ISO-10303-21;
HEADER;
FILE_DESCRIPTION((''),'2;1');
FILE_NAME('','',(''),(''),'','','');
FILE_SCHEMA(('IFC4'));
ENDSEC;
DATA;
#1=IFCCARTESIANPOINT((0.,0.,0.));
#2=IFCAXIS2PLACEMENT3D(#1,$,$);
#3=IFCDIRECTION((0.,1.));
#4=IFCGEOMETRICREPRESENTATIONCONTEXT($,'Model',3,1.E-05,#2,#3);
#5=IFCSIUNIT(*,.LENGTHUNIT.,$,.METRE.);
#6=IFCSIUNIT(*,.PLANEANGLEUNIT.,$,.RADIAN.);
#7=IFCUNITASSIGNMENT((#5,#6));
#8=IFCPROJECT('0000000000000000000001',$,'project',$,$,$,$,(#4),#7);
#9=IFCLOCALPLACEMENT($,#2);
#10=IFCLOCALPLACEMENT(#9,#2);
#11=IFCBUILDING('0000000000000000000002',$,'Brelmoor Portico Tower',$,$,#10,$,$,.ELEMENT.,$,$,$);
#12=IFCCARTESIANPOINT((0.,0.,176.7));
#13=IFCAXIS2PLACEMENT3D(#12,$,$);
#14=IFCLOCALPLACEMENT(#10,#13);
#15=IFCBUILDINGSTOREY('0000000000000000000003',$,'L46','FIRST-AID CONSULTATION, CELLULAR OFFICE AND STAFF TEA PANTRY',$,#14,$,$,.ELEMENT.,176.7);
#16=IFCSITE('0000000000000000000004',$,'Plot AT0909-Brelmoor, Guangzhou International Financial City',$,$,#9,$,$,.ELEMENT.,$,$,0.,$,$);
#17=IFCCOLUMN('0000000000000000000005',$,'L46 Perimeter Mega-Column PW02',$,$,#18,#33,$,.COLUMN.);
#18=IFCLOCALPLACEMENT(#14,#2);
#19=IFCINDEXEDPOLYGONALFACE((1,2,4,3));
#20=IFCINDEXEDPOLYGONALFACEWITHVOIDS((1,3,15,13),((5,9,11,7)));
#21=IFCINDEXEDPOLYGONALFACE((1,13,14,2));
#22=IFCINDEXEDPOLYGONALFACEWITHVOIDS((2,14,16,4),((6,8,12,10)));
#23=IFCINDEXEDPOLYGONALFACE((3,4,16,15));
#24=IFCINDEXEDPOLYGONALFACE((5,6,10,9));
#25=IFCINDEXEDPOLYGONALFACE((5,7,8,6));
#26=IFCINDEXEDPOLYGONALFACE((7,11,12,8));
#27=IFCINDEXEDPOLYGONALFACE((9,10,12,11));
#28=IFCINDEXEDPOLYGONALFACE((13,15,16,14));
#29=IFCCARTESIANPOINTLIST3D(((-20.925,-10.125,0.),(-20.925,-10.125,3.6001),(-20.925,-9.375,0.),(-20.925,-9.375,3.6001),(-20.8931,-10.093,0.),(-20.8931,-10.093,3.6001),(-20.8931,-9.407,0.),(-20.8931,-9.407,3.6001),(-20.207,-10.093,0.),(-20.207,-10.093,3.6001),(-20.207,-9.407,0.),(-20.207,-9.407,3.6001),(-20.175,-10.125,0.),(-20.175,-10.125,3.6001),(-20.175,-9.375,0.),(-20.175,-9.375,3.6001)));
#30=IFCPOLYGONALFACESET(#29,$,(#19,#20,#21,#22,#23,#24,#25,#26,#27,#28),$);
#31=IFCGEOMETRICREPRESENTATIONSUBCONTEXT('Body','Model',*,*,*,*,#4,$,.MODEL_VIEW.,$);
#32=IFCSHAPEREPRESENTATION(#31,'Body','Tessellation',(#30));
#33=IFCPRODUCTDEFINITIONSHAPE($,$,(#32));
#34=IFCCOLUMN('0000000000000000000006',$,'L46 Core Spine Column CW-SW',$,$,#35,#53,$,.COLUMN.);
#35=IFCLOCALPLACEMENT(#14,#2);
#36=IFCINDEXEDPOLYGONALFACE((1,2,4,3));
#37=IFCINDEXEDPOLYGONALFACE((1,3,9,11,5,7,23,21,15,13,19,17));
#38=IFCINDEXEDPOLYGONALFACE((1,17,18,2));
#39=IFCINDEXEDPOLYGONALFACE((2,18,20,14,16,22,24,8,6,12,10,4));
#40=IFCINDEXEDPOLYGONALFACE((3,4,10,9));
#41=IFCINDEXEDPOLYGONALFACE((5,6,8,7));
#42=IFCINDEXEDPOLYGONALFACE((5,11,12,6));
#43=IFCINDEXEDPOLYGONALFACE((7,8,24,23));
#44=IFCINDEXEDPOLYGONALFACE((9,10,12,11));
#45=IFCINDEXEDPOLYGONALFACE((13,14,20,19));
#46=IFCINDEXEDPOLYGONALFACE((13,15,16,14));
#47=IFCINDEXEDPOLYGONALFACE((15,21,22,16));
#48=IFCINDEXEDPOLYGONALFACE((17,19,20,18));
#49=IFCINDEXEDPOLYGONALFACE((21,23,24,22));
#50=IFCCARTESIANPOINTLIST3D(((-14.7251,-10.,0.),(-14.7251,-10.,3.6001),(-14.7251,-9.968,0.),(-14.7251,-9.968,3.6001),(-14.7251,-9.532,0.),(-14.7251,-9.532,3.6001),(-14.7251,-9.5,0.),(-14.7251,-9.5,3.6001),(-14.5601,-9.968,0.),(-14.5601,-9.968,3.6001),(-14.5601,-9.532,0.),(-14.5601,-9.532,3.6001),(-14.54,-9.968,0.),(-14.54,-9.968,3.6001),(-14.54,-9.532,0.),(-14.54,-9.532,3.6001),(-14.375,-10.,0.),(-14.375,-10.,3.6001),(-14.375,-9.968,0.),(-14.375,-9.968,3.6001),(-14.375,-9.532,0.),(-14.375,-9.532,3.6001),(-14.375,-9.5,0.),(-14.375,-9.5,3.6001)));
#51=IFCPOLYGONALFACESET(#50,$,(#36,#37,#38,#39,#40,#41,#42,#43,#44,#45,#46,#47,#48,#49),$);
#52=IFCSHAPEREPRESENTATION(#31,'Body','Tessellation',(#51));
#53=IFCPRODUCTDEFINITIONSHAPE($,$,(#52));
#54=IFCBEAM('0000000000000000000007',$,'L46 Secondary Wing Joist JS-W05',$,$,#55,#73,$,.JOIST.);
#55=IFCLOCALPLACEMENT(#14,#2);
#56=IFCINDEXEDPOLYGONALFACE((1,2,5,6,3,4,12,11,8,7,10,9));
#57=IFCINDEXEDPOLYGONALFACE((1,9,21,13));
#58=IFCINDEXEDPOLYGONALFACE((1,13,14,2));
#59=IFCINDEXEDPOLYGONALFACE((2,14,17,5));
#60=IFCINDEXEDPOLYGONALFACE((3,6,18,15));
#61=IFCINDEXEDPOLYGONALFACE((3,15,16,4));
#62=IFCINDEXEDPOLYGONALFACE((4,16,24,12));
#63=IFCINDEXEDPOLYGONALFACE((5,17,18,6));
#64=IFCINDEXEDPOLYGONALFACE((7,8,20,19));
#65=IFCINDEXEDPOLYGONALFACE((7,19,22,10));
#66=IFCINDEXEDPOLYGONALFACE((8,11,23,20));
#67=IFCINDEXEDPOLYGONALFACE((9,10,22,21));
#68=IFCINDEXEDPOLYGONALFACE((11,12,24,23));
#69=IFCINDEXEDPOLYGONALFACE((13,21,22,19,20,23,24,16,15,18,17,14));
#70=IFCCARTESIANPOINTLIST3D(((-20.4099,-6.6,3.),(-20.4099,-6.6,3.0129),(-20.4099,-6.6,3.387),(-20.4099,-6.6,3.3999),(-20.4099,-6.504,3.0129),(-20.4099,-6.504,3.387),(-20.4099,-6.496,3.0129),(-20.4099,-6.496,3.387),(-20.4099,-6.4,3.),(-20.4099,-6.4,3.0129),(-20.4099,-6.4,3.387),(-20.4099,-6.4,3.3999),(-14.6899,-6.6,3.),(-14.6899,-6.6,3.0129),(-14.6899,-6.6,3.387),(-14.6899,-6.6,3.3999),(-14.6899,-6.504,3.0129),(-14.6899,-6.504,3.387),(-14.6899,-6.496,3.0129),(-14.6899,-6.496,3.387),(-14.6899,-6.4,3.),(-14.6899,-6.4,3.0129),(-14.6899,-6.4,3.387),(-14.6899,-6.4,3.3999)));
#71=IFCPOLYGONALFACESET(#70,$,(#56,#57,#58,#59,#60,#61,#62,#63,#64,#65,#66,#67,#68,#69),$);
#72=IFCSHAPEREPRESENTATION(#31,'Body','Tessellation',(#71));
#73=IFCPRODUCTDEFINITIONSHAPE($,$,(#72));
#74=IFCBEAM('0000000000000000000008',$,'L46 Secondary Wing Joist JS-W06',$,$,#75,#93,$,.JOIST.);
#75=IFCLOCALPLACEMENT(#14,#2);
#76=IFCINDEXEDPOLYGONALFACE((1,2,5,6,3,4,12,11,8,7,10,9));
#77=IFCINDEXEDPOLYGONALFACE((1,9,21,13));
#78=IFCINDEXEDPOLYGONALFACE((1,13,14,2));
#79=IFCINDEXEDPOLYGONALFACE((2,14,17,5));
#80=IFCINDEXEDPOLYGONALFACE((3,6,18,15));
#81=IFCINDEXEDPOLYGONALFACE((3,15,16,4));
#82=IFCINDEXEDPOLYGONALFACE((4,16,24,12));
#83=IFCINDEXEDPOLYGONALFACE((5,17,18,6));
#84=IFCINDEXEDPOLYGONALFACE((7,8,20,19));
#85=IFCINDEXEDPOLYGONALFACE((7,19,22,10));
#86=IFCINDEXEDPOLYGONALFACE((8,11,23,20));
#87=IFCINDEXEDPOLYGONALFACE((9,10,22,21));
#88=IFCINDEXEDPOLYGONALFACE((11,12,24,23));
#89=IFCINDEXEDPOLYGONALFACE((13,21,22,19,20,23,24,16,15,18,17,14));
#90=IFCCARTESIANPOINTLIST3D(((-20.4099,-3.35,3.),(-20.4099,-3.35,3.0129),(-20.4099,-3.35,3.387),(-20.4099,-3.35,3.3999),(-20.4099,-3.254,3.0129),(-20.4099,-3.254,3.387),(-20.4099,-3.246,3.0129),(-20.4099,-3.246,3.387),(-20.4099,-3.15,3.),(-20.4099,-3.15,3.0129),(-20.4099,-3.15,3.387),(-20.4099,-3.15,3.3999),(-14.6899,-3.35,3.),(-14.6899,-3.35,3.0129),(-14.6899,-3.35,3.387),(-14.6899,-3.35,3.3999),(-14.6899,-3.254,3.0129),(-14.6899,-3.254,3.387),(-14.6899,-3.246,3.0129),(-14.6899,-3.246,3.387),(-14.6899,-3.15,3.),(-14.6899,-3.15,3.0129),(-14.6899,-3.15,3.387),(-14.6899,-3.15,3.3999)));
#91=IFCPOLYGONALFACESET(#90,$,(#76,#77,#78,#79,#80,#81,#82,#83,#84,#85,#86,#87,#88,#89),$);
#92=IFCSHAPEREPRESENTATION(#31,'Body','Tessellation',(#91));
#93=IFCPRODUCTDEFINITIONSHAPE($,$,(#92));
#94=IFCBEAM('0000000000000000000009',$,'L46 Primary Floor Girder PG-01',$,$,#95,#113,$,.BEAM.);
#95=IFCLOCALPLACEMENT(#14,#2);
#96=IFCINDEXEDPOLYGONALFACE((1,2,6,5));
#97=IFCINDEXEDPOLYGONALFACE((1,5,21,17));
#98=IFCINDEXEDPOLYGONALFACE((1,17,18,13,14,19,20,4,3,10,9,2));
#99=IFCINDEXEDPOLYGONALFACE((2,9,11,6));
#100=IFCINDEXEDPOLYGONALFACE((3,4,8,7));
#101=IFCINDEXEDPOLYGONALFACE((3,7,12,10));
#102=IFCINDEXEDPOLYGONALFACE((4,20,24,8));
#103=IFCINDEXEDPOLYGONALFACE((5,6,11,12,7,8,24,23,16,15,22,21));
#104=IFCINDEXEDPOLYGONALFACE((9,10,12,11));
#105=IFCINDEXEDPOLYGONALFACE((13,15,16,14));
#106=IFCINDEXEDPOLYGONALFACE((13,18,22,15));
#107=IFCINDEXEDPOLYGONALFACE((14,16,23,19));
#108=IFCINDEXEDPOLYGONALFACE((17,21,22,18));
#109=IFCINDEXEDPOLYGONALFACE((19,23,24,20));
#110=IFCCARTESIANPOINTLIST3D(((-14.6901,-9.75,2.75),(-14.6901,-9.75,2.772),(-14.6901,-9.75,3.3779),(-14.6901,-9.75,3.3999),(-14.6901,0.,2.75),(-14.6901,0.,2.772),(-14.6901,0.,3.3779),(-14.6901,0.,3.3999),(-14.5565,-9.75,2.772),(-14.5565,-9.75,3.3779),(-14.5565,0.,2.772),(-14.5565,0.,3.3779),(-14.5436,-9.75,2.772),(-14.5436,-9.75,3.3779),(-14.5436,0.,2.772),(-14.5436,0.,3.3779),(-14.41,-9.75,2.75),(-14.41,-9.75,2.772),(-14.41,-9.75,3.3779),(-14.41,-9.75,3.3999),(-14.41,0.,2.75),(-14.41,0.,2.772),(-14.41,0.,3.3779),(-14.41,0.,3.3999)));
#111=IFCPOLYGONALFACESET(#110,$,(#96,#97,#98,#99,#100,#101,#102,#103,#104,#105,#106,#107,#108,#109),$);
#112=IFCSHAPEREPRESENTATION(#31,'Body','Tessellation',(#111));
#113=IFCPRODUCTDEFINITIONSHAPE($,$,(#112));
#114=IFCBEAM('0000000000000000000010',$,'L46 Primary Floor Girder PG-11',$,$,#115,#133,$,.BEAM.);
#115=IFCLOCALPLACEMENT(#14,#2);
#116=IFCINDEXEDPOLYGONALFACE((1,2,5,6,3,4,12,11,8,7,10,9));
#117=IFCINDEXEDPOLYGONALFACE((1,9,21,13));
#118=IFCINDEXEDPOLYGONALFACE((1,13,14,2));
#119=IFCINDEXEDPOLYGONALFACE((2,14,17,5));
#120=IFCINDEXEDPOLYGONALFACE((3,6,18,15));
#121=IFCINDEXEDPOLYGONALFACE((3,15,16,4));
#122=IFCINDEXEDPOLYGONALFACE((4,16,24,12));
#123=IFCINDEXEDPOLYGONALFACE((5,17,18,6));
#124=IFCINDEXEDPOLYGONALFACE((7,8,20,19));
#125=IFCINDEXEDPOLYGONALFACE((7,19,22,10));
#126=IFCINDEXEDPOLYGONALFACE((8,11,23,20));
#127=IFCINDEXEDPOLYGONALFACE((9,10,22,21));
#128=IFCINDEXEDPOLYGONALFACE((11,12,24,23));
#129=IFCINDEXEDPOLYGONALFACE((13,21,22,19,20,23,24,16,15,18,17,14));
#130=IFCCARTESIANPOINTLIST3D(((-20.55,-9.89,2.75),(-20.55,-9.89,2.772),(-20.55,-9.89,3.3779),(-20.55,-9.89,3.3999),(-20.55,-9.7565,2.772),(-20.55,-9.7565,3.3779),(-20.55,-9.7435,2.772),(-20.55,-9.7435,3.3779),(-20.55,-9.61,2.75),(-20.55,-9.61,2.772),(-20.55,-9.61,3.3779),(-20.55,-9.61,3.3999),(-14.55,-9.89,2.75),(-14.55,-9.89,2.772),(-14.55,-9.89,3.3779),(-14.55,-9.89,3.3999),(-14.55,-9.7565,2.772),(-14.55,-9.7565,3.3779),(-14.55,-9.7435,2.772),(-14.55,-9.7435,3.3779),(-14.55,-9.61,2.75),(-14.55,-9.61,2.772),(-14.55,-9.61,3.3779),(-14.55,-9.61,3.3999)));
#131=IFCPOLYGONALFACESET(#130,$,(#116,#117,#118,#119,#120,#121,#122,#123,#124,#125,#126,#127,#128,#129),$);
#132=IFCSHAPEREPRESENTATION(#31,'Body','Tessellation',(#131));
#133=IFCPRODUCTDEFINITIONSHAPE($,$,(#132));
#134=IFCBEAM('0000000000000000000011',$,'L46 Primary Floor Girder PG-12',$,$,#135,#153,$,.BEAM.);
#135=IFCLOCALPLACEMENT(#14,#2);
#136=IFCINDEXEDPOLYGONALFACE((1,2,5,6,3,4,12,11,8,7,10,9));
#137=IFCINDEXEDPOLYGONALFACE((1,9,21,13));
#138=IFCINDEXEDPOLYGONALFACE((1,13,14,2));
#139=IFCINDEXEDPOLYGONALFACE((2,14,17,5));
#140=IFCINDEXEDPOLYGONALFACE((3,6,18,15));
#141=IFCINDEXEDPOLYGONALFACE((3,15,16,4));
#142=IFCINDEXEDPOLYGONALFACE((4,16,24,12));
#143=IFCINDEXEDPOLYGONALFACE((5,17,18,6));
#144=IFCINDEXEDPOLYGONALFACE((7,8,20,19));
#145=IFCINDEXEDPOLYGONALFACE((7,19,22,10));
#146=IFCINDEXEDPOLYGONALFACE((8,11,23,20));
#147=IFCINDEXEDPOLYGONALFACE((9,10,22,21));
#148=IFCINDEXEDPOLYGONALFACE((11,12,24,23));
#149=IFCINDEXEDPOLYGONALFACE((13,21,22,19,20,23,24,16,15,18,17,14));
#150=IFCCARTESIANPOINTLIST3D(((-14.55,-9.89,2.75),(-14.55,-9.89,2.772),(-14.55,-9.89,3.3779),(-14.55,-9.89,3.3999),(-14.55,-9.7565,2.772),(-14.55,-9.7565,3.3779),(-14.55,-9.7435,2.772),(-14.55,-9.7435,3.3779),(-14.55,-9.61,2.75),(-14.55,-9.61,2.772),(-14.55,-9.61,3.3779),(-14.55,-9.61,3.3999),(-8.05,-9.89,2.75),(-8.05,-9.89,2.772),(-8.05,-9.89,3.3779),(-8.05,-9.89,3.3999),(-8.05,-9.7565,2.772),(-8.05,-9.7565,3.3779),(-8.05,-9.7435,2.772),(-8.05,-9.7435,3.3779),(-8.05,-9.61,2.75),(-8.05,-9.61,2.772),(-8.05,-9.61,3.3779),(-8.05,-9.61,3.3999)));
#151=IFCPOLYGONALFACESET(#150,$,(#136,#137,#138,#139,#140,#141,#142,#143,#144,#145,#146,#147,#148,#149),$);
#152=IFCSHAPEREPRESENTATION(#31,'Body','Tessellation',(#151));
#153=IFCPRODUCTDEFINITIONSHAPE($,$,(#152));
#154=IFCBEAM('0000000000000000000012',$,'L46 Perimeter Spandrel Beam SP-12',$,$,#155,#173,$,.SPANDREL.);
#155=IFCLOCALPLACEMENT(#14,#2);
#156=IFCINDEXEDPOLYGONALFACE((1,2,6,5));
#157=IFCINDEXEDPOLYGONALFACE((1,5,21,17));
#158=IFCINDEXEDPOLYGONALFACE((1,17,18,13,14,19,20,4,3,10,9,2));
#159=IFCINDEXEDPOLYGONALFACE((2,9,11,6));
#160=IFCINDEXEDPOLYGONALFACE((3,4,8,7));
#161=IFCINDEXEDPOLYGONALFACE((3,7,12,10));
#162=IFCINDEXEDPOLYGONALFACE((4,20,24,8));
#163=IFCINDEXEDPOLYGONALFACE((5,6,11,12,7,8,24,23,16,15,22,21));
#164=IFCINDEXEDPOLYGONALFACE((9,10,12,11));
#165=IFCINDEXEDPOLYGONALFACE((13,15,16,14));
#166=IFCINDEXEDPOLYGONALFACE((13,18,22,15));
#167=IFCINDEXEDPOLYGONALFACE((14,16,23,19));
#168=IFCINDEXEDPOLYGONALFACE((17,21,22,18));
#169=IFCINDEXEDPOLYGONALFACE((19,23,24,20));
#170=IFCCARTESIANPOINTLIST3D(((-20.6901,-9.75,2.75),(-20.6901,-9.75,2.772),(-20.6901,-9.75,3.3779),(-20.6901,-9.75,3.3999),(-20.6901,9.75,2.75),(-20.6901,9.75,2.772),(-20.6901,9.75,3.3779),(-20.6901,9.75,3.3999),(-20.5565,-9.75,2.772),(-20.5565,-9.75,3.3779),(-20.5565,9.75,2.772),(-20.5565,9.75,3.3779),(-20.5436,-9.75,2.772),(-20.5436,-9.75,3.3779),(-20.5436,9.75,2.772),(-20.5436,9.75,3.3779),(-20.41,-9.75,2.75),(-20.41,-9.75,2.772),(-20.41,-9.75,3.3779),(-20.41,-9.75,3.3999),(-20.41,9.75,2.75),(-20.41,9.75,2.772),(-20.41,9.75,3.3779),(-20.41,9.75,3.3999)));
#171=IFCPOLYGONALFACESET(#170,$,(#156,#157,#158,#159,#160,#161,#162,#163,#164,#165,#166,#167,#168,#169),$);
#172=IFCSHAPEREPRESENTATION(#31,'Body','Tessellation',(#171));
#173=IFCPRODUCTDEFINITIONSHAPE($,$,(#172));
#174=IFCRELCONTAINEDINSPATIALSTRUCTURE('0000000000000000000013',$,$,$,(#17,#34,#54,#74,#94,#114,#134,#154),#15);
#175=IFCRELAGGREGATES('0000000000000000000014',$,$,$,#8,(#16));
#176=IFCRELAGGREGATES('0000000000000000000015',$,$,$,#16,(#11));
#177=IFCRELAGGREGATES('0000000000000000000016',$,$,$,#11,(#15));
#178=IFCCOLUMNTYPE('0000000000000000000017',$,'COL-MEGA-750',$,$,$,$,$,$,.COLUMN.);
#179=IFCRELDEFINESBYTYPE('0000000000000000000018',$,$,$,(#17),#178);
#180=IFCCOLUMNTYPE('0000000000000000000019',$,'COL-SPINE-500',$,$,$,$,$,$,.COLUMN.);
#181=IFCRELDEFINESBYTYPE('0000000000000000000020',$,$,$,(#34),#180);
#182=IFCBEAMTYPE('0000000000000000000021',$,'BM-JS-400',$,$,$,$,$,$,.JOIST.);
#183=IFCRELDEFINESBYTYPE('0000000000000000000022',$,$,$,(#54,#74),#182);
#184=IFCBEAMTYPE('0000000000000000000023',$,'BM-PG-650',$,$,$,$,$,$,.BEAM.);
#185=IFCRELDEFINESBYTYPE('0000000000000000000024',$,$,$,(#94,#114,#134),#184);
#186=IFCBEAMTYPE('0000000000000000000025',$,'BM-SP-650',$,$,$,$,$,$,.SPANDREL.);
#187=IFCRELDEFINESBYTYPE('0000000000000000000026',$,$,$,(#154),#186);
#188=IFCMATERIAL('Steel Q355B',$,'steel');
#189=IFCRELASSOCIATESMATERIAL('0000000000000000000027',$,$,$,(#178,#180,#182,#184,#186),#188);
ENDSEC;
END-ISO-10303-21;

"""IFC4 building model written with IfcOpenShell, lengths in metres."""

from ifc_helpers import new_model, si_unit, direction, frame, origin, origin_2d, place, context, subcontext, project, spatial, hollow_rectangle, i_section, extrude, material, material_profile, profile_set, type_object, element, save


model = new_model("IFC4")

# Units and contexts
model_context = context("Model", 3, precision=1e-05, world=origin(), true_north=direction((0.0, 1.0)))
body_context = subcontext(model_context, "Body", "Model", "MODEL_VIEW")
ifc_project = project(units=[si_unit("LENGTHUNIT", "METRE"), si_unit("PLANEANGLEUNIT", "RADIAN")], contexts=[model_context])

# Site, building, storey
site_placement = place(None, origin())
site = spatial("IfcSite", under=ifc_project, at=site_placement, Name="Plot AT0909-Brelmoor, Guangzhou International Financial City", CompositionType="ELEMENT", RefElevation=0.0)
building_placement = place(site_placement, origin())
building = spatial("IfcBuilding", under=site, at=building_placement, Name="Brelmoor Portico Tower", CompositionType="ELEMENT")
storey_placement = place(building_placement, frame((0.0, 0.0, 176.7)))
storey = spatial("IfcBuildingStorey", under=building, at=storey_placement, Name="L46", Description="FIRST-AID CONSULTATION, CELLULAR OFFICE AND STAFF TEA PANTRY", CompositionType="ELEMENT", Elevation=176.7)

# Columns
ifc_material_1 = material(Name="Steel Q355B", Category="steel")
ifc_material_profile_1 = material_profile(ifc_material_1, hollow_rectangle(XDim=0.75, YDim=0.75, WallThickness=0.032, at=origin_2d()), Name="BOX 750x750x32")
ifc_profile_set_1 = profile_set([ifc_material_profile_1], Name="Steel Q355B")
column_type_1 = type_object("IfcColumnType", Name="COL-MEGA-750", PredefinedType="COLUMN", material=ifc_profile_set_1)
column_1_placement = place(storey_placement, frame((-20.55, -9.75, 0.0), z_axis=(0.0, 0.0, 1.0), x_axis=(0.0, 1.0, 0.0)))
element("IfcColumn", 1, at=column_1_placement, inside=storey, type_object=column_type_1, Name="L46 Perimeter Mega-Column PW02", PredefinedType="COLUMN", context=body_context, shape_type="SweptSolid", body=[
    extrude(hollow_rectangle(XDim=0.75, YDim=0.75, WallThickness=0.032, at=origin_2d()), origin(), (0.0, 0.0, 1.0), 3.6001),
])
ifc_material_profile_2 = material_profile(ifc_material_1, i_section(OverallWidth=0.3501, OverallDepth=0.5, WebThickness=0.02, FlangeThickness=0.032, at=origin_2d()), Name="HW 500x350x20x32")
ifc_profile_set_2 = profile_set([ifc_material_profile_2], Name="Steel Q355B")
column_type_2 = type_object("IfcColumnType", Name="COL-SPINE-500", PredefinedType="COLUMN", material=ifc_profile_set_2)
column_2_placement = place(storey_placement, frame((-14.55, -9.75, 0.0), z_axis=(0.0, 0.0, 1.0), x_axis=(1.0, 0.0, 0.0)))
element("IfcColumn", 2, at=column_2_placement, inside=storey, type_object=column_type_2, Name="L46 Core Spine Column CW-SW", PredefinedType="COLUMN", context=body_context, shape_type="SweptSolid", body=[
    extrude(i_section(OverallWidth=0.3501, OverallDepth=0.5, WebThickness=0.02, FlangeThickness=0.032, at=origin_2d()), origin(), (0.0, 0.0, 1.0), 3.6001),
])

# Beams
ifc_material_profile_3 = material_profile(ifc_material_1, i_section(OverallWidth=0.2, OverallDepth=0.3999, WebThickness=0.0081, FlangeThickness=0.0129, at=origin_2d()), Name="HN 400x200x8x13")
ifc_profile_set_3 = profile_set([ifc_material_profile_3], Name="Steel Q355B")
beam_type_1 = type_object("IfcBeamType", Name="BM-JS-400", PredefinedType="JOIST", material=ifc_profile_set_3)
for number, where, z_axis, x_axis, name in (
    (3, (-20.4099, -6.5, 3.2), (1.0, 0.0, 0.0), (0.0, 1.0, 0.0), "L46 Secondary Wing Joist JS-W05"),
    (4, (-20.4099, -3.25, 3.2), (1.0, 0.0, 0.0), (0.0, 1.0, 0.0), "L46 Secondary Wing Joist JS-W06"),
):
    element("IfcBeam", number, at=place(storey_placement, frame(where, z_axis=z_axis, x_axis=x_axis)), inside=storey, type_object=beam_type_1, Name=name, PredefinedType="JOIST", context=body_context, shape_type="SweptSolid", body=[
        extrude(i_section(OverallWidth=0.2, OverallDepth=0.3999, WebThickness=0.0081, FlangeThickness=0.0129, at=origin_2d()), origin(), (0.0, 0.0, 1.0), 5.72),
    ])
ifc_material_profile_4 = material_profile(ifc_material_1, i_section(OverallWidth=0.28, OverallDepth=0.6499, WebThickness=0.0129, FlangeThickness=0.022, at=origin_2d()), Name="HN 650x280x13x22")
ifc_profile_set_4 = profile_set([ifc_material_profile_4], Name="Steel Q355B")
beam_type_2 = type_object("IfcBeamType", Name="BM-PG-650", PredefinedType="BEAM", material=ifc_profile_set_4)
beam_1_placement = place(storey_placement, frame((-14.55, -9.75, 3.075), z_axis=(0.0, 1.0, 0.0), x_axis=(-1.0, 0.0, 0.0)))
element("IfcBeam", 5, at=beam_1_placement, inside=storey, type_object=beam_type_2, Name="L46 Primary Floor Girder PG-01", PredefinedType="BEAM", context=body_context, shape_type="SweptSolid", body=[
    extrude(i_section(OverallWidth=0.28, OverallDepth=0.6499, WebThickness=0.0129, FlangeThickness=0.022, at=origin_2d()), origin(), (0.0, 0.0, 1.0), 9.75),
])
beam_2_placement = place(storey_placement, frame((-20.55, -9.75, 3.075), z_axis=(1.0, 0.0, 0.0), x_axis=(0.0, 1.0, 0.0)))
element("IfcBeam", 6, at=beam_2_placement, inside=storey, type_object=beam_type_2, Name="L46 Primary Floor Girder PG-11", PredefinedType="BEAM", context=body_context, shape_type="SweptSolid", body=[
    extrude(i_section(OverallWidth=0.28, OverallDepth=0.6499, WebThickness=0.0129, FlangeThickness=0.022, at=origin_2d()), origin(), (0.0, 0.0, 1.0), 6.0),
])
beam_3_placement = place(storey_placement, frame((-14.55, -9.75, 3.075), z_axis=(1.0, 0.0, 0.0), x_axis=(0.0, 1.0, 0.0)))
element("IfcBeam", 7, at=beam_3_placement, inside=storey, type_object=beam_type_2, Name="L46 Primary Floor Girder PG-12", PredefinedType="BEAM", context=body_context, shape_type="SweptSolid", body=[
    extrude(i_section(OverallWidth=0.28, OverallDepth=0.6499, WebThickness=0.0129, FlangeThickness=0.022, at=origin_2d()), origin(), (0.0, 0.0, 1.0), 6.5),
])
ifc_material_profile_5 = material_profile(ifc_material_1, i_section(OverallWidth=0.28, OverallDepth=0.6499, WebThickness=0.0129, FlangeThickness=0.022, at=origin_2d()), Name="HN 650x280x13x22")
ifc_profile_set_5 = profile_set([ifc_material_profile_5], Name="Steel Q355B")
beam_type_3 = type_object("IfcBeamType", Name="BM-SP-650", PredefinedType="SPANDREL", material=ifc_profile_set_5)
beam_4_placement = place(storey_placement, frame((-20.55, -9.75, 3.075), z_axis=(0.0, 1.0, 0.0), x_axis=(-1.0, 0.0, 0.0)))
element("IfcBeam", 8, at=beam_4_placement, inside=storey, type_object=beam_type_3, Name="L46 Perimeter Spandrel Beam SP-12", PredefinedType="SPANDREL", context=body_context, shape_type="SweptSolid", body=[
    extrude(i_section(OverallWidth=0.28, OverallDepth=0.6499, WebThickness=0.0129, FlangeThickness=0.022, at=origin_2d()), origin(), (0.0, 0.0, 1.0), 19.5),
])

save(model, "model.ifc")
